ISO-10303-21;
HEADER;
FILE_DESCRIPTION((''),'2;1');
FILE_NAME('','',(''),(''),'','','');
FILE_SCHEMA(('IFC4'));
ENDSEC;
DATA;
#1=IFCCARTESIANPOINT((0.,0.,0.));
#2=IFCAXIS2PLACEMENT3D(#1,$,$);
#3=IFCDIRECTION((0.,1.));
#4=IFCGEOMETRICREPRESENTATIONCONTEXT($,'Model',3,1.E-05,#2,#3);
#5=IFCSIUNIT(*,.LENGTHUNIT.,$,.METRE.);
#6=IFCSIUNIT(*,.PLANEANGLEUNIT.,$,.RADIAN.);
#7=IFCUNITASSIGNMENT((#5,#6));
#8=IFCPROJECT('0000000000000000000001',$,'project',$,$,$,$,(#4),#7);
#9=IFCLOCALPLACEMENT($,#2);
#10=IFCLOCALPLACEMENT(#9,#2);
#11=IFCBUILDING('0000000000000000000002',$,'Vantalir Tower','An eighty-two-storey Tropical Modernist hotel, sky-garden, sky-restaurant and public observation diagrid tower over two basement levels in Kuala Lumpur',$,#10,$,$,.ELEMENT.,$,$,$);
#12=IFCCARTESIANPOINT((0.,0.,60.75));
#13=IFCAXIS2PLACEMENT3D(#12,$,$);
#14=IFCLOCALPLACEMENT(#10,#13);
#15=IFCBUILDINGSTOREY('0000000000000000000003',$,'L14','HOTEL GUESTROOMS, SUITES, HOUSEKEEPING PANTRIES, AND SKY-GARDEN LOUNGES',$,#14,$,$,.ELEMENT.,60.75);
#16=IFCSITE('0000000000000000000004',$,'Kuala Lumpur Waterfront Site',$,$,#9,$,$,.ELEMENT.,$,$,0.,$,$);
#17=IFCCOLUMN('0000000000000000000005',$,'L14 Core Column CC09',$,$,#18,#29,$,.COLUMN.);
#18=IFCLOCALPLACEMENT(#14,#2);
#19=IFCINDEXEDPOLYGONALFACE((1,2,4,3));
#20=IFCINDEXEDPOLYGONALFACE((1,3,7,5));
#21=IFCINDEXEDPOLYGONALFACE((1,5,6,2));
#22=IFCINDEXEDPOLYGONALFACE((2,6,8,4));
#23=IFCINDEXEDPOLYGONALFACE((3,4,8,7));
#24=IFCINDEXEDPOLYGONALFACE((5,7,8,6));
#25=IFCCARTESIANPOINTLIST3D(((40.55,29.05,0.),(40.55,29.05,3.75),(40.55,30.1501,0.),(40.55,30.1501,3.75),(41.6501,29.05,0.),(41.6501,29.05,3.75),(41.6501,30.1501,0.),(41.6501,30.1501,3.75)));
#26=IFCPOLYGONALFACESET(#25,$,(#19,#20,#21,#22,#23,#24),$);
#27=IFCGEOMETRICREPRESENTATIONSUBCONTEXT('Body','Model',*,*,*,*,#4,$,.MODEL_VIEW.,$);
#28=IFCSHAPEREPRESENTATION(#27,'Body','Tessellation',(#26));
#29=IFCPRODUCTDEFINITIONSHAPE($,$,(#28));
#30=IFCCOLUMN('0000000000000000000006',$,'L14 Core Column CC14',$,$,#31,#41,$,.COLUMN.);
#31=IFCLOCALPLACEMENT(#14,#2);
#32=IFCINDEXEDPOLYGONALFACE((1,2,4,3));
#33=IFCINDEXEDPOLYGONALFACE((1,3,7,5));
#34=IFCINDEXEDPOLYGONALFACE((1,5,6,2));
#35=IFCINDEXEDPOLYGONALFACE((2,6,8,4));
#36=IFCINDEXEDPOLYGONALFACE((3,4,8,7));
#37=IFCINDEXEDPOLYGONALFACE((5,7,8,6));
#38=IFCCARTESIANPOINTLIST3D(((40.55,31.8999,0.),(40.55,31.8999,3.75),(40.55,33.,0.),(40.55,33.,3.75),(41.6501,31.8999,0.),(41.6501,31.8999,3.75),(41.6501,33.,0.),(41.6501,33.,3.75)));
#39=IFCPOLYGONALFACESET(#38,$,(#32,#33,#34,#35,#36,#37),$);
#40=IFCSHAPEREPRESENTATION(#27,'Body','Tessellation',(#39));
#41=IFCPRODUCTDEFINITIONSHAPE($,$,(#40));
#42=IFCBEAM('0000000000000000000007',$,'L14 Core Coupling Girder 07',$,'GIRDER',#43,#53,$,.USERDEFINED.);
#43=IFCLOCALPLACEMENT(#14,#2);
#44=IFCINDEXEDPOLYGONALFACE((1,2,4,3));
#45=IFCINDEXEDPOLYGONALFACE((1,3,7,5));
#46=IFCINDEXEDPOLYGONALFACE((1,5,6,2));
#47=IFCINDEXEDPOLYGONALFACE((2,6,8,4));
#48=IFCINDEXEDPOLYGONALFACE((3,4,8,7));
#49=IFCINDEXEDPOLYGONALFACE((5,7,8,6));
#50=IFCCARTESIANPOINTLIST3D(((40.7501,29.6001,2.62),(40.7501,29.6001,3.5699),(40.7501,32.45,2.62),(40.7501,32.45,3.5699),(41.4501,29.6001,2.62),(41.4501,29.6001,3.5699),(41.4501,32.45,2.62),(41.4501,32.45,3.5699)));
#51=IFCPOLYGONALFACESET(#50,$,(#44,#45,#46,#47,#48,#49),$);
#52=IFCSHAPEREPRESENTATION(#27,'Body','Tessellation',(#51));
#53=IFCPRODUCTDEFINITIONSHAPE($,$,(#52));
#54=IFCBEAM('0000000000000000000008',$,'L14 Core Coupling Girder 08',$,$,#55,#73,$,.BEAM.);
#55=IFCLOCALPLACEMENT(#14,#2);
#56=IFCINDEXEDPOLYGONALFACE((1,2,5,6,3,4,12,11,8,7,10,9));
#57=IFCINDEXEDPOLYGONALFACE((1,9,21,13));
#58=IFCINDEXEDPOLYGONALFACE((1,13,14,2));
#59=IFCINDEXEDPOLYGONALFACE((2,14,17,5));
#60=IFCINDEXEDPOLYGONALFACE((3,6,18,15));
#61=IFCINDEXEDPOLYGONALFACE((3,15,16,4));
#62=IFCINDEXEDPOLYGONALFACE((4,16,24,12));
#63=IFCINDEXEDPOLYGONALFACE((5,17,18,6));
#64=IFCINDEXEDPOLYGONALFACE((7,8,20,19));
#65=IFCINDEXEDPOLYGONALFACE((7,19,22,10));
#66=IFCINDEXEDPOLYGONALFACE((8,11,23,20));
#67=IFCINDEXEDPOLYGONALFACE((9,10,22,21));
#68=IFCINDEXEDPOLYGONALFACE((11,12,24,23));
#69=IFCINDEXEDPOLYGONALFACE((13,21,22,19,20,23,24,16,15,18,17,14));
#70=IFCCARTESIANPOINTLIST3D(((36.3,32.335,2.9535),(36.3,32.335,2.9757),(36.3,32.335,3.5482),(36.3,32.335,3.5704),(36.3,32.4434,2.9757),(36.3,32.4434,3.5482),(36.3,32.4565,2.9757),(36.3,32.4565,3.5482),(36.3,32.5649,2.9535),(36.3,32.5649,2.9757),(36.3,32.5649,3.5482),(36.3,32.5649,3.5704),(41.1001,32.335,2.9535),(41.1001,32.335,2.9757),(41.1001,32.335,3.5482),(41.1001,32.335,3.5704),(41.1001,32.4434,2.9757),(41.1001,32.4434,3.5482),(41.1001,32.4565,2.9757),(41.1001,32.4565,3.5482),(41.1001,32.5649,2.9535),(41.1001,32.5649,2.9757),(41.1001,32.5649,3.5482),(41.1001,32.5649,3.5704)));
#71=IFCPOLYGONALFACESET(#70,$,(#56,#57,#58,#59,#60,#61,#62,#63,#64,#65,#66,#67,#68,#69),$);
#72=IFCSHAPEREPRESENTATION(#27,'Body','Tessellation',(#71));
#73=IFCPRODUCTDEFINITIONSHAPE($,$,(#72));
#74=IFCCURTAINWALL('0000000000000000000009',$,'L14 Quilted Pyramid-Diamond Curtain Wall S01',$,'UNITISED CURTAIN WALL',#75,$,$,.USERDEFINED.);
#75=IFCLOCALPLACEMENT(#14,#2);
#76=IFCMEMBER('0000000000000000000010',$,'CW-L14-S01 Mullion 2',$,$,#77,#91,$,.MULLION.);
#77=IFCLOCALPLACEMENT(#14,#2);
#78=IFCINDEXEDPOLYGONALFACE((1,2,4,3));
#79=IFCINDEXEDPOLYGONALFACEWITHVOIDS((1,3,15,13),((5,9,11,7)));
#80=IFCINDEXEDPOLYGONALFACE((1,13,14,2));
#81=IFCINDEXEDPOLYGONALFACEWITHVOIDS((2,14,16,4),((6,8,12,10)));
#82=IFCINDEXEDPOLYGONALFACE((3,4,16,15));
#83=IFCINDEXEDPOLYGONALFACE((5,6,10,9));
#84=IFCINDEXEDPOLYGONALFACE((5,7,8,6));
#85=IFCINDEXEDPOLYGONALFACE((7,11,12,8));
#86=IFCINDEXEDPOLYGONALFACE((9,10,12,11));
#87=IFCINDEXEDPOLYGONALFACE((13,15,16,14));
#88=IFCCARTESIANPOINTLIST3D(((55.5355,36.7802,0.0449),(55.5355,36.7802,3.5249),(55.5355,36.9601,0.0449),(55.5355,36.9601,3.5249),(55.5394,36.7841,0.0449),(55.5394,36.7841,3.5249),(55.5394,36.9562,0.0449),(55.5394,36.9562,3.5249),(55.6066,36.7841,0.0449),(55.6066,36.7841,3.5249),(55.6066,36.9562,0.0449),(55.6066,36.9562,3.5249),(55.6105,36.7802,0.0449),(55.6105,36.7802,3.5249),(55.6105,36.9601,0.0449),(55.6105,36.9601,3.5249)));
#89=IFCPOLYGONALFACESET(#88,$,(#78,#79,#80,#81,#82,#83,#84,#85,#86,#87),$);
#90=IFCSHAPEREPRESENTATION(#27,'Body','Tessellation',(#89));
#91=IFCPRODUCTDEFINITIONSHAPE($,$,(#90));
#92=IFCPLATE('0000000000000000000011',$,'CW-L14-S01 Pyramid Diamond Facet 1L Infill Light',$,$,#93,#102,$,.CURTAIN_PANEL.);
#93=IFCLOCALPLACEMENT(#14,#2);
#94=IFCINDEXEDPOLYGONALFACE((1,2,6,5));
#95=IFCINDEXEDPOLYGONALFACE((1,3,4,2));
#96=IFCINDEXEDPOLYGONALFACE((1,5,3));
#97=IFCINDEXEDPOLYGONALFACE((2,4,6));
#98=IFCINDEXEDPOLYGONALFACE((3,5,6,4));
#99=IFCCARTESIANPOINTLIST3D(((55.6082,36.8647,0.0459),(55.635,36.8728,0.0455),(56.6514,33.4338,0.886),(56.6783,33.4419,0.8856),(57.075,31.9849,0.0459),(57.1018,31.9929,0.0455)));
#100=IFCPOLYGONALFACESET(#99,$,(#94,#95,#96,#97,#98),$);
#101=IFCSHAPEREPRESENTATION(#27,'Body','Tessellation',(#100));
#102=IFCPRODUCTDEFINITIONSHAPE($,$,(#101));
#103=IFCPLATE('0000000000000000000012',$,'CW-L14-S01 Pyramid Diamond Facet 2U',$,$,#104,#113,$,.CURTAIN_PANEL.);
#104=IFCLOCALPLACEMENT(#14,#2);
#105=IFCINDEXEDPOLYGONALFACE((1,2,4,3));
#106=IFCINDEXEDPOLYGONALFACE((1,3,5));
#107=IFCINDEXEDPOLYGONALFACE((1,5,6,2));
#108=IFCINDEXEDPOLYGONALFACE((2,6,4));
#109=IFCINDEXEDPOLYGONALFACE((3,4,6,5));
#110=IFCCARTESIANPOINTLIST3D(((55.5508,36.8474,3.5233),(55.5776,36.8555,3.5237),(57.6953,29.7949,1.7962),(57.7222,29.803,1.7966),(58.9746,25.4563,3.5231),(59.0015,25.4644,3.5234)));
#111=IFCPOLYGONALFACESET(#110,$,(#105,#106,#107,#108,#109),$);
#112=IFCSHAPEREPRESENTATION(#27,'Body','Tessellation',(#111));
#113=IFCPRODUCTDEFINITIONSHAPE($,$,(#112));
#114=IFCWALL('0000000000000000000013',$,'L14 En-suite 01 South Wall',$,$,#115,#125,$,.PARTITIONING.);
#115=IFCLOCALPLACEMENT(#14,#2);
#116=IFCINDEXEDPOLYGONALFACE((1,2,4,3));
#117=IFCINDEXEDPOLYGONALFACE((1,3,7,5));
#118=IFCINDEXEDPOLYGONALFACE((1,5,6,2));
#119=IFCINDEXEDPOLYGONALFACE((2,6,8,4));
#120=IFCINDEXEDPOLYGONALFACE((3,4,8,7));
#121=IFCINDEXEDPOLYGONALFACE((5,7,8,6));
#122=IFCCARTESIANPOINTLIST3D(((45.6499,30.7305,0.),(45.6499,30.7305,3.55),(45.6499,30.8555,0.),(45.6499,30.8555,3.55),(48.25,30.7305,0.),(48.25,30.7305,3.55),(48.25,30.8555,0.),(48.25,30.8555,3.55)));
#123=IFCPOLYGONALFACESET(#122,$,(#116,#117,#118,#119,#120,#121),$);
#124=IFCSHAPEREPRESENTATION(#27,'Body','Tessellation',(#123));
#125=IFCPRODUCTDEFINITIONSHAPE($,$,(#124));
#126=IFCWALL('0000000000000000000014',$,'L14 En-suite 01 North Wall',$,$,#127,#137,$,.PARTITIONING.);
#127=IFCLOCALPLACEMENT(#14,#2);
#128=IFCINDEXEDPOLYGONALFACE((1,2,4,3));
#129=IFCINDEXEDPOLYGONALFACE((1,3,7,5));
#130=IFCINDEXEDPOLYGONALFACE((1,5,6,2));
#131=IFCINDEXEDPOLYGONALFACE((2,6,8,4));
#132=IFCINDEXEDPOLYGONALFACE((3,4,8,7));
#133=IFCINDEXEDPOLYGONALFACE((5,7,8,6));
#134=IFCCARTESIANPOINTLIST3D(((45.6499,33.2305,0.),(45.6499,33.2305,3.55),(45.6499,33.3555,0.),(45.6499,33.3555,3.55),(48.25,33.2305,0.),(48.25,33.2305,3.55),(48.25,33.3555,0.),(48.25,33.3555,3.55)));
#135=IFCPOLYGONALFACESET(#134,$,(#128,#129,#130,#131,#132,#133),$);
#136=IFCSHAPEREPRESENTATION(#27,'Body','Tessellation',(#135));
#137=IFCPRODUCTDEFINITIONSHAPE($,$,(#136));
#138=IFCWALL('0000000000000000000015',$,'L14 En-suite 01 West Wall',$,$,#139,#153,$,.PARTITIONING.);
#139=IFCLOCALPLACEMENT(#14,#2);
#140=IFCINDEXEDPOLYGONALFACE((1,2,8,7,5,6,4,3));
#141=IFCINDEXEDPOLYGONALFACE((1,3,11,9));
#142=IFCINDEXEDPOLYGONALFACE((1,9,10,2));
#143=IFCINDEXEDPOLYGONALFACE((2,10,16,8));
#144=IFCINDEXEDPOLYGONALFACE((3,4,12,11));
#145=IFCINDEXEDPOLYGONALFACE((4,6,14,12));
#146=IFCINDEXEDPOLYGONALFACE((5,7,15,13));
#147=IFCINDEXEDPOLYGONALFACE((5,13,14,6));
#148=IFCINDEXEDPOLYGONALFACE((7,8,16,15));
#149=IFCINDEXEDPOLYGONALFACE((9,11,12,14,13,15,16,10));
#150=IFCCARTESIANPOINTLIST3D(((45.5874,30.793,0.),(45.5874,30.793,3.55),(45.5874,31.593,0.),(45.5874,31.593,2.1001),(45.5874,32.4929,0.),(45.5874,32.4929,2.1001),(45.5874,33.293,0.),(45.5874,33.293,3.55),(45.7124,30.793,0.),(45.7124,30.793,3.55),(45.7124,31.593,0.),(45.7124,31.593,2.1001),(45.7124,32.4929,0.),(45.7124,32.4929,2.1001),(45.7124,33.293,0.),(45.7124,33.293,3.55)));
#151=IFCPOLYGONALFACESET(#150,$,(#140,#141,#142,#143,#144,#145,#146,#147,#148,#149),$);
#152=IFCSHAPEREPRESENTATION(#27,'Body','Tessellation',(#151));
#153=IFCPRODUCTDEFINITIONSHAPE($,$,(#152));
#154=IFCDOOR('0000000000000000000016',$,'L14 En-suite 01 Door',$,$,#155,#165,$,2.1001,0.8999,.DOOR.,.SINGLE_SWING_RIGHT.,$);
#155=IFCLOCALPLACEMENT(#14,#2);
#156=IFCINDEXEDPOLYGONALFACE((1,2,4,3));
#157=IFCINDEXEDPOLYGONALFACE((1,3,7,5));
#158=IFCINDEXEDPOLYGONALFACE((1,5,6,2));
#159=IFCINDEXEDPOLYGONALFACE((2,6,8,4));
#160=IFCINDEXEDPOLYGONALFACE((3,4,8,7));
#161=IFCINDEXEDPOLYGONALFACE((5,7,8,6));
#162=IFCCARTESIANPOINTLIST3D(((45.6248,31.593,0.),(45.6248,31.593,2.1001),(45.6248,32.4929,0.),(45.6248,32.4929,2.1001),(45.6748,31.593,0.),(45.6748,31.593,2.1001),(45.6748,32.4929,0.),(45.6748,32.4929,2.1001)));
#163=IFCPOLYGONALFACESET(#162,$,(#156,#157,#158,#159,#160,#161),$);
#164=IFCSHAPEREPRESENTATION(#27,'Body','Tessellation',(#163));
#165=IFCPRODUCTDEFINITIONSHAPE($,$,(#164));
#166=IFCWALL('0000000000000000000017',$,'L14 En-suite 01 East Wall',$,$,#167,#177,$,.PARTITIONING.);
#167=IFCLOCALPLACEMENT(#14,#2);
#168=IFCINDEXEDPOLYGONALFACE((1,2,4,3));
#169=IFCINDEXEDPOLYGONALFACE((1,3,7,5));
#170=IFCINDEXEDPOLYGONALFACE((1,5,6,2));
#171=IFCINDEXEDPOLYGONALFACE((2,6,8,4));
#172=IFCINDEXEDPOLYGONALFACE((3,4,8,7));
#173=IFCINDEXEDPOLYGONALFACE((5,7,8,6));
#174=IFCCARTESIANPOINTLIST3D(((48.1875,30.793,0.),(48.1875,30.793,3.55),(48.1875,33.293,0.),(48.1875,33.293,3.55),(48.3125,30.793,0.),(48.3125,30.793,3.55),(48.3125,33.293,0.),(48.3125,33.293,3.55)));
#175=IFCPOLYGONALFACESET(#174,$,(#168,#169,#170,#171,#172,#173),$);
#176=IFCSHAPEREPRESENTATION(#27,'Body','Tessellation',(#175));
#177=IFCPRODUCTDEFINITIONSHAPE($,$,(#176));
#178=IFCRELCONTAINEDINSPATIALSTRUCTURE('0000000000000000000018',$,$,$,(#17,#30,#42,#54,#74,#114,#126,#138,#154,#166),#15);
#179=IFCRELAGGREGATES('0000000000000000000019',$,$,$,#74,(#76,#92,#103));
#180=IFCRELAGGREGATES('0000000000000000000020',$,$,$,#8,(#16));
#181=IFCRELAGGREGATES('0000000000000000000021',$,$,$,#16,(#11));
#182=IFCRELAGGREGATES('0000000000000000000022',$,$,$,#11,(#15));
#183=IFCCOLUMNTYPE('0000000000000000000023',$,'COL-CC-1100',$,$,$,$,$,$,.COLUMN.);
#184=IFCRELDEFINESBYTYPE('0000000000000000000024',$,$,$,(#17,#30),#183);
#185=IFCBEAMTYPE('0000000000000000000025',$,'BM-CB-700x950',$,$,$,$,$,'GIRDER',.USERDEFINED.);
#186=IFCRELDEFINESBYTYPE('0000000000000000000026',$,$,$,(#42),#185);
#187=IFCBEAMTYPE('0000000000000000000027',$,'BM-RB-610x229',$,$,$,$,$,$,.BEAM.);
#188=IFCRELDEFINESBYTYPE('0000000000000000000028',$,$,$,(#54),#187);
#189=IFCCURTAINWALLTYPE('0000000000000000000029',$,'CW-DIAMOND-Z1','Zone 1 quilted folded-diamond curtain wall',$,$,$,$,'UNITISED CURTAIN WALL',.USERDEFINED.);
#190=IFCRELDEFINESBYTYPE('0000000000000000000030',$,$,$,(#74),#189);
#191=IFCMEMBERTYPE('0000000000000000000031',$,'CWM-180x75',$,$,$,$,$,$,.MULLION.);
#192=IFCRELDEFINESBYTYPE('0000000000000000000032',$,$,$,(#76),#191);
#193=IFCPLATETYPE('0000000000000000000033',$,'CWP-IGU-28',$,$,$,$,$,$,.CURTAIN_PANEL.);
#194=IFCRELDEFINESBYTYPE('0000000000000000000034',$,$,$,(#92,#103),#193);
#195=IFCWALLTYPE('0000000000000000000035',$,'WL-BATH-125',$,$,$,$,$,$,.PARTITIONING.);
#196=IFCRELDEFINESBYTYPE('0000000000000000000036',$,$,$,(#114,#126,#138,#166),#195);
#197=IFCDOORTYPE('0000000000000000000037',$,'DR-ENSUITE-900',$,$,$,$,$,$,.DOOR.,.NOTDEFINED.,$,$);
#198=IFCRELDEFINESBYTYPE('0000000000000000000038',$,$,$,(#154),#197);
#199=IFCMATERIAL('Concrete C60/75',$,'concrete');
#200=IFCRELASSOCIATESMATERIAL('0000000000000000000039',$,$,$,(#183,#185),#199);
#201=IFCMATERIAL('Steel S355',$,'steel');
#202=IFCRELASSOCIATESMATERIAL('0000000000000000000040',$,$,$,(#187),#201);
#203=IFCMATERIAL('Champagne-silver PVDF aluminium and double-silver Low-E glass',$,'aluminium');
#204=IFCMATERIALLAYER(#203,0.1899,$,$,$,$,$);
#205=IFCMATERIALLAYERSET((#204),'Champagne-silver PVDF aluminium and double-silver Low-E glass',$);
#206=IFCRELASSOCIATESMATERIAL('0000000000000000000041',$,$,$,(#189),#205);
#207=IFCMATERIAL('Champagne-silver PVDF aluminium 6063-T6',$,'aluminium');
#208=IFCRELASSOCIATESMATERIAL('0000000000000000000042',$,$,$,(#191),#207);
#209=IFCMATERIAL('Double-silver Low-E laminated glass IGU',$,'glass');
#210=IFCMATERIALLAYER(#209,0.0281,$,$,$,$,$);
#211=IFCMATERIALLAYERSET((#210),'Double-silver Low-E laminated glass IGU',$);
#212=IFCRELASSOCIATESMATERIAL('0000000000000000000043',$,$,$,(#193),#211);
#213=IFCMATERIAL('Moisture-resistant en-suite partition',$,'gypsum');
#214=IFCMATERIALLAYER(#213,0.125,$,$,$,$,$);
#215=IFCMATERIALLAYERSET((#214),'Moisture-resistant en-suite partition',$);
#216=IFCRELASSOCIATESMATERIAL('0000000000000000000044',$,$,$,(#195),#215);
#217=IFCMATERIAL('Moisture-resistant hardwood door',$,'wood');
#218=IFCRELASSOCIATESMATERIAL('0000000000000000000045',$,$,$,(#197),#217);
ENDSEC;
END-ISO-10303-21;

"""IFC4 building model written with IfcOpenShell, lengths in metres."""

from ifc_helpers import new_model, si_unit, direction, frame, frame_2d, origin, origin_2d, place, context, subcontext, project, spatial, polyline, rectangle, hollow_rectangle, i_section, outline, extrude, material, layer, layer_set, material_profile, profile_set, type_object, element, fill, aggregate, save


model = new_model("IFC4")

# Units and contexts
model_context = context("Model", 3, precision=1e-05, world=origin(), true_north=direction((0.0, 1.0)))
body_context = subcontext(model_context, "Body", "Model", "MODEL_VIEW")
ifc_project = project(units=[si_unit("LENGTHUNIT", "METRE"), si_unit("PLANEANGLEUNIT", "RADIAN")], contexts=[model_context])

# Site, building, storey
site_placement = place(None, origin())
site = spatial("IfcSite", under=ifc_project, at=site_placement, Name="Kuala Lumpur Waterfront Site", CompositionType="ELEMENT", RefElevation=0.0)
building_placement = place(site_placement, origin())
building = spatial("IfcBuilding", under=site, at=building_placement, Name="Vantalir Tower", Description="An eighty-two-storey Tropical Modernist hotel, sky-garden, sky-restaurant and public observation diagrid tower over two basement levels in Kuala Lumpur", CompositionType="ELEMENT")
storey_placement = place(building_placement, frame((0.0, 0.0, 60.75)))
storey = spatial("IfcBuildingStorey", under=building, at=storey_placement, Name="L14", Description="HOTEL GUESTROOMS, SUITES, HOUSEKEEPING PANTRIES, AND SKY-GARDEN LOUNGES", CompositionType="ELEMENT", Elevation=60.75)

# Columns
ifc_material_1 = material(Name="Concrete C60/75", Category="concrete")
ifc_material_profile_1 = material_profile(ifc_material_1, rectangle(XDim=1.1001, YDim=1.1001, at=origin_2d()), Name="Concrete C60/75")
ifc_profile_set_1 = profile_set([ifc_material_profile_1], Name="Concrete C60/75")
column_type = type_object("IfcColumnType", Name="COL-CC-1100", PredefinedType="COLUMN", material=ifc_profile_set_1)
for number, where, z_axis, x_axis, name in (
    (1, (41.1001, 29.6001, 0.0), (0.0, 0.0, 1.0), (1.0, 0.0, 0.0), "L14 Core Column CC09"),
    (2, (41.1001, 32.45, 0.0), (0.0, 0.0, 1.0), (1.0, 0.0, 0.0), "L14 Core Column CC14"),
):
    element("IfcColumn", number, at=place(storey_placement, frame(where, z_axis=z_axis, x_axis=x_axis)), inside=storey, type_object=column_type, Name=name, PredefinedType="COLUMN", context=body_context, shape_type="SweptSolid", body=[
        extrude(rectangle(XDim=1.1001, YDim=1.1001, at=origin_2d()), origin(), (0.0, 0.0, 1.0), 3.75),
    ])

# Beams
ifc_material_profile_2 = material_profile(ifc_material_1, rectangle(XDim=0.7, YDim=0.95, at=origin_2d()), Name="Concrete C60/75")
ifc_profile_set_2 = profile_set([ifc_material_profile_2], Name="Concrete C60/75")
beam_type_1 = type_object("IfcBeamType", Name="BM-CB-700x950", ElementType="GIRDER", PredefinedType="USERDEFINED", material=ifc_profile_set_2)
beam_1_placement = place(storey_placement, frame((41.1001, 29.6001, 3.095), z_axis=(0.0, 1.0, 0.0), x_axis=(-1.0, 0.0, 0.0)))
element("IfcBeam", 3, at=beam_1_placement, inside=storey, type_object=beam_type_1, Name="L14 Core Coupling Girder 07", ObjectType="GIRDER", PredefinedType="USERDEFINED", context=body_context, shape_type="SweptSolid", body=[
    extrude(rectangle(XDim=0.7, YDim=0.95, at=origin_2d()), origin(), (0.0, 0.0, 1.0), 2.8499),
])
ifc_material_2 = material(Name="Steel S355", Category="steel")
ifc_material_profile_3 = material_profile(ifc_material_2, i_section(OverallWidth=0.23, OverallDepth=0.6169, WebThickness=0.0132, FlangeThickness=0.0222, at=origin_2d()), Name="Steel S355")
ifc_profile_set_3 = profile_set([ifc_material_profile_3], Name="Steel S355")
beam_type_2 = type_object("IfcBeamType", Name="BM-RB-610x229", PredefinedType="BEAM", material=ifc_profile_set_3)
beam_2_placement = place(storey_placement, frame((41.1001, 32.45, 3.262), z_axis=(-1.0, 0.0, 0.0), x_axis=(0.0, -1.0, 0.0)))
element("IfcBeam", 4, at=beam_2_placement, inside=storey, type_object=beam_type_2, Name="L14 Core Coupling Girder 08", PredefinedType="BEAM", context=body_context, shape_type="SweptSolid", body=[
    extrude(i_section(OverallWidth=0.23, OverallDepth=0.6169, WebThickness=0.0132, FlangeThickness=0.0222, at=origin_2d()), origin(), (0.0, 0.0, 1.0), 4.8),
])

# Curtain wall, member, plates
ifc_material_3 = material(Name="Champagne-silver PVDF aluminium and double-silver Low-E glass", Category="aluminium")
ifc_layer_1 = layer(ifc_material_3, 0.1899)
ifc_layer_set_1 = layer_set([ifc_layer_1], Name="Champagne-silver PVDF aluminium and double-silver Low-E glass")
curtain_wall_type = type_object("IfcCurtainWallType", Name="CW-DIAMOND-Z1", Description="Zone 1 quilted folded-diamond curtain wall", ElementType="UNITISED CURTAIN WALL", PredefinedType="USERDEFINED", material=ifc_layer_set_1)
curtain_wall_placement = place(storey_placement, origin())
curtain_wall = element("IfcCurtainWall", 5, at=curtain_wall_placement, inside=storey, type_object=curtain_wall_type, Name="L14 Quilted Pyramid-Diamond Curtain Wall S01", ObjectType="UNITISED CURTAIN WALL", PredefinedType="USERDEFINED")
ifc_material_4 = material(Name="Champagne-silver PVDF aluminium 6063-T6", Category="aluminium")
ifc_material_profile_4 = material_profile(ifc_material_4, hollow_rectangle(XDim=0.075, YDim=0.1799, WallThickness=0.0039, at=origin_2d()), Name="Champagne-silver PVDF aluminium 6063-T6")
ifc_profile_set_4 = profile_set([ifc_material_profile_4], Name="Champagne-silver PVDF aluminium 6063-T6")
member_type = type_object("IfcMemberType", Name="CWM-180x75", PredefinedType="MULLION", material=ifc_profile_set_4)
member_placement = place(storey_placement, frame((55.573, 36.8701, 0.0449), z_axis=(0.0, 0.0, 1.0), x_axis=(1.0, 0.0, 0.0)))
member = element("IfcMember", 6, at=member_placement, type_object=member_type, Name="CW-L14-S01 Mullion 2", PredefinedType="MULLION", context=body_context, shape_type="SweptSolid", body=[
    extrude(hollow_rectangle(XDim=0.075, YDim=0.1799, WallThickness=0.0039, at=origin_2d()), origin(), (0.0, 0.0, 1.0), 3.48),
])
ifc_material_5 = material(Name="Double-silver Low-E laminated glass IGU", Category="glass")
ifc_layer_2 = layer(ifc_material_5, 0.0281)
ifc_layer_set_2 = layer_set([ifc_layer_2], Name="Double-silver Low-E laminated glass IGU")
plate_type = type_object("IfcPlateType", Name="CWP-IGU-28", PredefinedType="CURTAIN_PANEL", material=ifc_layer_set_2)
plate_1_placement = place(storey_placement, frame((57.075, 31.9849, 0.0459), z_axis=(-0.957584, -0.287831, 0.013621), x_axis=(-0.287858, 0.957673, 0.0)))
plate_1 = element("IfcPlate", 7, at=plate_1_placement, type_object=plate_type, Name="CW-L14-S01 Pyramid Diamond Facet 1L Infill Light", PredefinedType="CURTAIN_PANEL", context=body_context, shape_type="SweptSolid", body=[
    extrude(outline(polyline([(0.0, 0.0), (5.0956, 0.0), (1.5096, -0.8402), (0.0, 0.0)])), origin(), (0.0, 0.0, -1.0), 0.0281),
])
plate_2_placement = place(storey_placement, frame((55.5776, 36.8555, 3.5237), z_axis=(0.957586, 0.287821, 0.013732), x_axis=(0.287849, -0.957676, -0.000021)))
plate_2 = element("IfcPlate", 8, at=plate_2_placement, type_object=plate_type, Name="CW-L14-S01 Pyramid Diamond Facet 2U", PredefinedType="CURTAIN_PANEL", context=body_context, shape_type="SweptSolid", body=[
    extrude(outline(polyline([(0.0, 0.0), (11.8945, 0.0), (7.3713, 1.7271), (0.0, 0.0)])), origin(), (0.0, 0.0, -1.0), 0.0281),
])
aggregate(curtain_wall, [member, plate_1, plate_2])

# Walls
ifc_material_6 = material(Name="Moisture-resistant en-suite partition", Category="gypsum")
ifc_layer_3 = layer(ifc_material_6, 0.125)
ifc_layer_set_3 = layer_set([ifc_layer_3], Name="Moisture-resistant en-suite partition")
wall_type_1 = type_object("IfcWallType", Name="WL-BATH-125", PredefinedType="PARTITIONING", material=ifc_layer_set_3)
for number, where, z_axis, x_axis, name in (
    (9, (45.6499, 30.793, 0.0), (0.0, 0.0, 1.0), (1.0, 0.0, 0.0), "L14 En-suite 01 South Wall"),
    (10, (45.6499, 33.293, 0.0), (0.0, 0.0, 1.0), (1.0, 0.0, 0.0), "L14 En-suite 01 North Wall"),
):
    element("IfcWall", number, at=place(storey_placement, frame(where, z_axis=z_axis, x_axis=x_axis)), inside=storey, type_object=wall_type_1, Name=name, PredefinedType="PARTITIONING", context=body_context, shape_type="SweptSolid", body=[
        extrude(rectangle(XDim=2.6001, YDim=0.125, at=frame_2d((1.3, 0.0))), origin(), (0.0, 0.0, 1.0), 3.55),
    ])

# Wall, opening, door
wall_1_placement = place(storey_placement, frame((45.6499, 30.793, 0.0), z_axis=(0.0, 0.0, 1.0), x_axis=(0.0, 1.0, 0.0)))
wall_1 = element("IfcWall", 11, at=wall_1_placement, inside=storey, type_object=wall_type_1, Name="L14 En-suite 01 West Wall", PredefinedType="PARTITIONING", context=body_context, shape_type="SweptSolid", body=[
    extrude(rectangle(XDim=2.5, YDim=0.125, at=frame_2d((1.25, 0.0))), origin(), (0.0, 0.0, 1.0), 3.55),
])
opening_1_placement = place(wall_1_placement, frame((0.8, 0.0, 0.0)))
opening_1 = element("IfcOpeningElement", 12, at=opening_1_placement, cuts=wall_1, PredefinedType="OPENING", context=body_context, shape_type="SweptSolid", body=[
    extrude(rectangle(XDim=0.8999, YDim=2.1001, at=frame_2d((0.45, 1.05))), frame((0.0, 0.0725, 0.0), z_axis=(0.0, -1.0, 0.0), x_axis=(1.0, 0.0, 0.0)), (0.0, 0.0, 1.0), 0.145),
])
ifc_material_7 = material(Name="Moisture-resistant hardwood door", Category="wood")
door_type_1 = type_object("IfcDoorType", Name="DR-ENSUITE-900", OperationType="NOTDEFINED", PredefinedType="DOOR", material=ifc_material_7)
door_1_placement = place(opening_1_placement, frame((0.8999, 0.0, 0.0), z_axis=(0.0, 0.0, 1.0), x_axis=(-1.0, 0.0, 0.0)))
door_1 = element("IfcDoor", 13, at=door_1_placement, inside=storey, type_object=door_type_1, Name="L14 En-suite 01 Door", OperationType="SINGLE_SWING_RIGHT", OverallHeight=2.1001, OverallWidth=0.8999, PredefinedType="DOOR", context=body_context, shape_type="SweptSolid", body=[
    extrude(rectangle(XDim=0.8999, YDim=2.1001, at=frame_2d((0.45, 1.05))), frame((0.0, 0.0249, 0.0), z_axis=(0.0, -1.0, 0.0), x_axis=(1.0, 0.0, 0.0)), (0.0, 0.0, 1.0), 0.05),
])
fill(opening_1, door_1)

# Wall
wall_2_placement = place(storey_placement, frame((48.25, 30.793, 0.0), z_axis=(0.0, 0.0, 1.0), x_axis=(0.0, 1.0, 0.0)))
element("IfcWall", 14, at=wall_2_placement, inside=storey, type_object=wall_type_1, Name="L14 En-suite 01 East Wall", PredefinedType="PARTITIONING", context=body_context, shape_type="SweptSolid", body=[
    extrude(rectangle(XDim=2.5, YDim=0.125, at=frame_2d((1.25, 0.0))), origin(), (0.0, 0.0, 1.0), 3.55),
])

save(model, "model.ifc")
